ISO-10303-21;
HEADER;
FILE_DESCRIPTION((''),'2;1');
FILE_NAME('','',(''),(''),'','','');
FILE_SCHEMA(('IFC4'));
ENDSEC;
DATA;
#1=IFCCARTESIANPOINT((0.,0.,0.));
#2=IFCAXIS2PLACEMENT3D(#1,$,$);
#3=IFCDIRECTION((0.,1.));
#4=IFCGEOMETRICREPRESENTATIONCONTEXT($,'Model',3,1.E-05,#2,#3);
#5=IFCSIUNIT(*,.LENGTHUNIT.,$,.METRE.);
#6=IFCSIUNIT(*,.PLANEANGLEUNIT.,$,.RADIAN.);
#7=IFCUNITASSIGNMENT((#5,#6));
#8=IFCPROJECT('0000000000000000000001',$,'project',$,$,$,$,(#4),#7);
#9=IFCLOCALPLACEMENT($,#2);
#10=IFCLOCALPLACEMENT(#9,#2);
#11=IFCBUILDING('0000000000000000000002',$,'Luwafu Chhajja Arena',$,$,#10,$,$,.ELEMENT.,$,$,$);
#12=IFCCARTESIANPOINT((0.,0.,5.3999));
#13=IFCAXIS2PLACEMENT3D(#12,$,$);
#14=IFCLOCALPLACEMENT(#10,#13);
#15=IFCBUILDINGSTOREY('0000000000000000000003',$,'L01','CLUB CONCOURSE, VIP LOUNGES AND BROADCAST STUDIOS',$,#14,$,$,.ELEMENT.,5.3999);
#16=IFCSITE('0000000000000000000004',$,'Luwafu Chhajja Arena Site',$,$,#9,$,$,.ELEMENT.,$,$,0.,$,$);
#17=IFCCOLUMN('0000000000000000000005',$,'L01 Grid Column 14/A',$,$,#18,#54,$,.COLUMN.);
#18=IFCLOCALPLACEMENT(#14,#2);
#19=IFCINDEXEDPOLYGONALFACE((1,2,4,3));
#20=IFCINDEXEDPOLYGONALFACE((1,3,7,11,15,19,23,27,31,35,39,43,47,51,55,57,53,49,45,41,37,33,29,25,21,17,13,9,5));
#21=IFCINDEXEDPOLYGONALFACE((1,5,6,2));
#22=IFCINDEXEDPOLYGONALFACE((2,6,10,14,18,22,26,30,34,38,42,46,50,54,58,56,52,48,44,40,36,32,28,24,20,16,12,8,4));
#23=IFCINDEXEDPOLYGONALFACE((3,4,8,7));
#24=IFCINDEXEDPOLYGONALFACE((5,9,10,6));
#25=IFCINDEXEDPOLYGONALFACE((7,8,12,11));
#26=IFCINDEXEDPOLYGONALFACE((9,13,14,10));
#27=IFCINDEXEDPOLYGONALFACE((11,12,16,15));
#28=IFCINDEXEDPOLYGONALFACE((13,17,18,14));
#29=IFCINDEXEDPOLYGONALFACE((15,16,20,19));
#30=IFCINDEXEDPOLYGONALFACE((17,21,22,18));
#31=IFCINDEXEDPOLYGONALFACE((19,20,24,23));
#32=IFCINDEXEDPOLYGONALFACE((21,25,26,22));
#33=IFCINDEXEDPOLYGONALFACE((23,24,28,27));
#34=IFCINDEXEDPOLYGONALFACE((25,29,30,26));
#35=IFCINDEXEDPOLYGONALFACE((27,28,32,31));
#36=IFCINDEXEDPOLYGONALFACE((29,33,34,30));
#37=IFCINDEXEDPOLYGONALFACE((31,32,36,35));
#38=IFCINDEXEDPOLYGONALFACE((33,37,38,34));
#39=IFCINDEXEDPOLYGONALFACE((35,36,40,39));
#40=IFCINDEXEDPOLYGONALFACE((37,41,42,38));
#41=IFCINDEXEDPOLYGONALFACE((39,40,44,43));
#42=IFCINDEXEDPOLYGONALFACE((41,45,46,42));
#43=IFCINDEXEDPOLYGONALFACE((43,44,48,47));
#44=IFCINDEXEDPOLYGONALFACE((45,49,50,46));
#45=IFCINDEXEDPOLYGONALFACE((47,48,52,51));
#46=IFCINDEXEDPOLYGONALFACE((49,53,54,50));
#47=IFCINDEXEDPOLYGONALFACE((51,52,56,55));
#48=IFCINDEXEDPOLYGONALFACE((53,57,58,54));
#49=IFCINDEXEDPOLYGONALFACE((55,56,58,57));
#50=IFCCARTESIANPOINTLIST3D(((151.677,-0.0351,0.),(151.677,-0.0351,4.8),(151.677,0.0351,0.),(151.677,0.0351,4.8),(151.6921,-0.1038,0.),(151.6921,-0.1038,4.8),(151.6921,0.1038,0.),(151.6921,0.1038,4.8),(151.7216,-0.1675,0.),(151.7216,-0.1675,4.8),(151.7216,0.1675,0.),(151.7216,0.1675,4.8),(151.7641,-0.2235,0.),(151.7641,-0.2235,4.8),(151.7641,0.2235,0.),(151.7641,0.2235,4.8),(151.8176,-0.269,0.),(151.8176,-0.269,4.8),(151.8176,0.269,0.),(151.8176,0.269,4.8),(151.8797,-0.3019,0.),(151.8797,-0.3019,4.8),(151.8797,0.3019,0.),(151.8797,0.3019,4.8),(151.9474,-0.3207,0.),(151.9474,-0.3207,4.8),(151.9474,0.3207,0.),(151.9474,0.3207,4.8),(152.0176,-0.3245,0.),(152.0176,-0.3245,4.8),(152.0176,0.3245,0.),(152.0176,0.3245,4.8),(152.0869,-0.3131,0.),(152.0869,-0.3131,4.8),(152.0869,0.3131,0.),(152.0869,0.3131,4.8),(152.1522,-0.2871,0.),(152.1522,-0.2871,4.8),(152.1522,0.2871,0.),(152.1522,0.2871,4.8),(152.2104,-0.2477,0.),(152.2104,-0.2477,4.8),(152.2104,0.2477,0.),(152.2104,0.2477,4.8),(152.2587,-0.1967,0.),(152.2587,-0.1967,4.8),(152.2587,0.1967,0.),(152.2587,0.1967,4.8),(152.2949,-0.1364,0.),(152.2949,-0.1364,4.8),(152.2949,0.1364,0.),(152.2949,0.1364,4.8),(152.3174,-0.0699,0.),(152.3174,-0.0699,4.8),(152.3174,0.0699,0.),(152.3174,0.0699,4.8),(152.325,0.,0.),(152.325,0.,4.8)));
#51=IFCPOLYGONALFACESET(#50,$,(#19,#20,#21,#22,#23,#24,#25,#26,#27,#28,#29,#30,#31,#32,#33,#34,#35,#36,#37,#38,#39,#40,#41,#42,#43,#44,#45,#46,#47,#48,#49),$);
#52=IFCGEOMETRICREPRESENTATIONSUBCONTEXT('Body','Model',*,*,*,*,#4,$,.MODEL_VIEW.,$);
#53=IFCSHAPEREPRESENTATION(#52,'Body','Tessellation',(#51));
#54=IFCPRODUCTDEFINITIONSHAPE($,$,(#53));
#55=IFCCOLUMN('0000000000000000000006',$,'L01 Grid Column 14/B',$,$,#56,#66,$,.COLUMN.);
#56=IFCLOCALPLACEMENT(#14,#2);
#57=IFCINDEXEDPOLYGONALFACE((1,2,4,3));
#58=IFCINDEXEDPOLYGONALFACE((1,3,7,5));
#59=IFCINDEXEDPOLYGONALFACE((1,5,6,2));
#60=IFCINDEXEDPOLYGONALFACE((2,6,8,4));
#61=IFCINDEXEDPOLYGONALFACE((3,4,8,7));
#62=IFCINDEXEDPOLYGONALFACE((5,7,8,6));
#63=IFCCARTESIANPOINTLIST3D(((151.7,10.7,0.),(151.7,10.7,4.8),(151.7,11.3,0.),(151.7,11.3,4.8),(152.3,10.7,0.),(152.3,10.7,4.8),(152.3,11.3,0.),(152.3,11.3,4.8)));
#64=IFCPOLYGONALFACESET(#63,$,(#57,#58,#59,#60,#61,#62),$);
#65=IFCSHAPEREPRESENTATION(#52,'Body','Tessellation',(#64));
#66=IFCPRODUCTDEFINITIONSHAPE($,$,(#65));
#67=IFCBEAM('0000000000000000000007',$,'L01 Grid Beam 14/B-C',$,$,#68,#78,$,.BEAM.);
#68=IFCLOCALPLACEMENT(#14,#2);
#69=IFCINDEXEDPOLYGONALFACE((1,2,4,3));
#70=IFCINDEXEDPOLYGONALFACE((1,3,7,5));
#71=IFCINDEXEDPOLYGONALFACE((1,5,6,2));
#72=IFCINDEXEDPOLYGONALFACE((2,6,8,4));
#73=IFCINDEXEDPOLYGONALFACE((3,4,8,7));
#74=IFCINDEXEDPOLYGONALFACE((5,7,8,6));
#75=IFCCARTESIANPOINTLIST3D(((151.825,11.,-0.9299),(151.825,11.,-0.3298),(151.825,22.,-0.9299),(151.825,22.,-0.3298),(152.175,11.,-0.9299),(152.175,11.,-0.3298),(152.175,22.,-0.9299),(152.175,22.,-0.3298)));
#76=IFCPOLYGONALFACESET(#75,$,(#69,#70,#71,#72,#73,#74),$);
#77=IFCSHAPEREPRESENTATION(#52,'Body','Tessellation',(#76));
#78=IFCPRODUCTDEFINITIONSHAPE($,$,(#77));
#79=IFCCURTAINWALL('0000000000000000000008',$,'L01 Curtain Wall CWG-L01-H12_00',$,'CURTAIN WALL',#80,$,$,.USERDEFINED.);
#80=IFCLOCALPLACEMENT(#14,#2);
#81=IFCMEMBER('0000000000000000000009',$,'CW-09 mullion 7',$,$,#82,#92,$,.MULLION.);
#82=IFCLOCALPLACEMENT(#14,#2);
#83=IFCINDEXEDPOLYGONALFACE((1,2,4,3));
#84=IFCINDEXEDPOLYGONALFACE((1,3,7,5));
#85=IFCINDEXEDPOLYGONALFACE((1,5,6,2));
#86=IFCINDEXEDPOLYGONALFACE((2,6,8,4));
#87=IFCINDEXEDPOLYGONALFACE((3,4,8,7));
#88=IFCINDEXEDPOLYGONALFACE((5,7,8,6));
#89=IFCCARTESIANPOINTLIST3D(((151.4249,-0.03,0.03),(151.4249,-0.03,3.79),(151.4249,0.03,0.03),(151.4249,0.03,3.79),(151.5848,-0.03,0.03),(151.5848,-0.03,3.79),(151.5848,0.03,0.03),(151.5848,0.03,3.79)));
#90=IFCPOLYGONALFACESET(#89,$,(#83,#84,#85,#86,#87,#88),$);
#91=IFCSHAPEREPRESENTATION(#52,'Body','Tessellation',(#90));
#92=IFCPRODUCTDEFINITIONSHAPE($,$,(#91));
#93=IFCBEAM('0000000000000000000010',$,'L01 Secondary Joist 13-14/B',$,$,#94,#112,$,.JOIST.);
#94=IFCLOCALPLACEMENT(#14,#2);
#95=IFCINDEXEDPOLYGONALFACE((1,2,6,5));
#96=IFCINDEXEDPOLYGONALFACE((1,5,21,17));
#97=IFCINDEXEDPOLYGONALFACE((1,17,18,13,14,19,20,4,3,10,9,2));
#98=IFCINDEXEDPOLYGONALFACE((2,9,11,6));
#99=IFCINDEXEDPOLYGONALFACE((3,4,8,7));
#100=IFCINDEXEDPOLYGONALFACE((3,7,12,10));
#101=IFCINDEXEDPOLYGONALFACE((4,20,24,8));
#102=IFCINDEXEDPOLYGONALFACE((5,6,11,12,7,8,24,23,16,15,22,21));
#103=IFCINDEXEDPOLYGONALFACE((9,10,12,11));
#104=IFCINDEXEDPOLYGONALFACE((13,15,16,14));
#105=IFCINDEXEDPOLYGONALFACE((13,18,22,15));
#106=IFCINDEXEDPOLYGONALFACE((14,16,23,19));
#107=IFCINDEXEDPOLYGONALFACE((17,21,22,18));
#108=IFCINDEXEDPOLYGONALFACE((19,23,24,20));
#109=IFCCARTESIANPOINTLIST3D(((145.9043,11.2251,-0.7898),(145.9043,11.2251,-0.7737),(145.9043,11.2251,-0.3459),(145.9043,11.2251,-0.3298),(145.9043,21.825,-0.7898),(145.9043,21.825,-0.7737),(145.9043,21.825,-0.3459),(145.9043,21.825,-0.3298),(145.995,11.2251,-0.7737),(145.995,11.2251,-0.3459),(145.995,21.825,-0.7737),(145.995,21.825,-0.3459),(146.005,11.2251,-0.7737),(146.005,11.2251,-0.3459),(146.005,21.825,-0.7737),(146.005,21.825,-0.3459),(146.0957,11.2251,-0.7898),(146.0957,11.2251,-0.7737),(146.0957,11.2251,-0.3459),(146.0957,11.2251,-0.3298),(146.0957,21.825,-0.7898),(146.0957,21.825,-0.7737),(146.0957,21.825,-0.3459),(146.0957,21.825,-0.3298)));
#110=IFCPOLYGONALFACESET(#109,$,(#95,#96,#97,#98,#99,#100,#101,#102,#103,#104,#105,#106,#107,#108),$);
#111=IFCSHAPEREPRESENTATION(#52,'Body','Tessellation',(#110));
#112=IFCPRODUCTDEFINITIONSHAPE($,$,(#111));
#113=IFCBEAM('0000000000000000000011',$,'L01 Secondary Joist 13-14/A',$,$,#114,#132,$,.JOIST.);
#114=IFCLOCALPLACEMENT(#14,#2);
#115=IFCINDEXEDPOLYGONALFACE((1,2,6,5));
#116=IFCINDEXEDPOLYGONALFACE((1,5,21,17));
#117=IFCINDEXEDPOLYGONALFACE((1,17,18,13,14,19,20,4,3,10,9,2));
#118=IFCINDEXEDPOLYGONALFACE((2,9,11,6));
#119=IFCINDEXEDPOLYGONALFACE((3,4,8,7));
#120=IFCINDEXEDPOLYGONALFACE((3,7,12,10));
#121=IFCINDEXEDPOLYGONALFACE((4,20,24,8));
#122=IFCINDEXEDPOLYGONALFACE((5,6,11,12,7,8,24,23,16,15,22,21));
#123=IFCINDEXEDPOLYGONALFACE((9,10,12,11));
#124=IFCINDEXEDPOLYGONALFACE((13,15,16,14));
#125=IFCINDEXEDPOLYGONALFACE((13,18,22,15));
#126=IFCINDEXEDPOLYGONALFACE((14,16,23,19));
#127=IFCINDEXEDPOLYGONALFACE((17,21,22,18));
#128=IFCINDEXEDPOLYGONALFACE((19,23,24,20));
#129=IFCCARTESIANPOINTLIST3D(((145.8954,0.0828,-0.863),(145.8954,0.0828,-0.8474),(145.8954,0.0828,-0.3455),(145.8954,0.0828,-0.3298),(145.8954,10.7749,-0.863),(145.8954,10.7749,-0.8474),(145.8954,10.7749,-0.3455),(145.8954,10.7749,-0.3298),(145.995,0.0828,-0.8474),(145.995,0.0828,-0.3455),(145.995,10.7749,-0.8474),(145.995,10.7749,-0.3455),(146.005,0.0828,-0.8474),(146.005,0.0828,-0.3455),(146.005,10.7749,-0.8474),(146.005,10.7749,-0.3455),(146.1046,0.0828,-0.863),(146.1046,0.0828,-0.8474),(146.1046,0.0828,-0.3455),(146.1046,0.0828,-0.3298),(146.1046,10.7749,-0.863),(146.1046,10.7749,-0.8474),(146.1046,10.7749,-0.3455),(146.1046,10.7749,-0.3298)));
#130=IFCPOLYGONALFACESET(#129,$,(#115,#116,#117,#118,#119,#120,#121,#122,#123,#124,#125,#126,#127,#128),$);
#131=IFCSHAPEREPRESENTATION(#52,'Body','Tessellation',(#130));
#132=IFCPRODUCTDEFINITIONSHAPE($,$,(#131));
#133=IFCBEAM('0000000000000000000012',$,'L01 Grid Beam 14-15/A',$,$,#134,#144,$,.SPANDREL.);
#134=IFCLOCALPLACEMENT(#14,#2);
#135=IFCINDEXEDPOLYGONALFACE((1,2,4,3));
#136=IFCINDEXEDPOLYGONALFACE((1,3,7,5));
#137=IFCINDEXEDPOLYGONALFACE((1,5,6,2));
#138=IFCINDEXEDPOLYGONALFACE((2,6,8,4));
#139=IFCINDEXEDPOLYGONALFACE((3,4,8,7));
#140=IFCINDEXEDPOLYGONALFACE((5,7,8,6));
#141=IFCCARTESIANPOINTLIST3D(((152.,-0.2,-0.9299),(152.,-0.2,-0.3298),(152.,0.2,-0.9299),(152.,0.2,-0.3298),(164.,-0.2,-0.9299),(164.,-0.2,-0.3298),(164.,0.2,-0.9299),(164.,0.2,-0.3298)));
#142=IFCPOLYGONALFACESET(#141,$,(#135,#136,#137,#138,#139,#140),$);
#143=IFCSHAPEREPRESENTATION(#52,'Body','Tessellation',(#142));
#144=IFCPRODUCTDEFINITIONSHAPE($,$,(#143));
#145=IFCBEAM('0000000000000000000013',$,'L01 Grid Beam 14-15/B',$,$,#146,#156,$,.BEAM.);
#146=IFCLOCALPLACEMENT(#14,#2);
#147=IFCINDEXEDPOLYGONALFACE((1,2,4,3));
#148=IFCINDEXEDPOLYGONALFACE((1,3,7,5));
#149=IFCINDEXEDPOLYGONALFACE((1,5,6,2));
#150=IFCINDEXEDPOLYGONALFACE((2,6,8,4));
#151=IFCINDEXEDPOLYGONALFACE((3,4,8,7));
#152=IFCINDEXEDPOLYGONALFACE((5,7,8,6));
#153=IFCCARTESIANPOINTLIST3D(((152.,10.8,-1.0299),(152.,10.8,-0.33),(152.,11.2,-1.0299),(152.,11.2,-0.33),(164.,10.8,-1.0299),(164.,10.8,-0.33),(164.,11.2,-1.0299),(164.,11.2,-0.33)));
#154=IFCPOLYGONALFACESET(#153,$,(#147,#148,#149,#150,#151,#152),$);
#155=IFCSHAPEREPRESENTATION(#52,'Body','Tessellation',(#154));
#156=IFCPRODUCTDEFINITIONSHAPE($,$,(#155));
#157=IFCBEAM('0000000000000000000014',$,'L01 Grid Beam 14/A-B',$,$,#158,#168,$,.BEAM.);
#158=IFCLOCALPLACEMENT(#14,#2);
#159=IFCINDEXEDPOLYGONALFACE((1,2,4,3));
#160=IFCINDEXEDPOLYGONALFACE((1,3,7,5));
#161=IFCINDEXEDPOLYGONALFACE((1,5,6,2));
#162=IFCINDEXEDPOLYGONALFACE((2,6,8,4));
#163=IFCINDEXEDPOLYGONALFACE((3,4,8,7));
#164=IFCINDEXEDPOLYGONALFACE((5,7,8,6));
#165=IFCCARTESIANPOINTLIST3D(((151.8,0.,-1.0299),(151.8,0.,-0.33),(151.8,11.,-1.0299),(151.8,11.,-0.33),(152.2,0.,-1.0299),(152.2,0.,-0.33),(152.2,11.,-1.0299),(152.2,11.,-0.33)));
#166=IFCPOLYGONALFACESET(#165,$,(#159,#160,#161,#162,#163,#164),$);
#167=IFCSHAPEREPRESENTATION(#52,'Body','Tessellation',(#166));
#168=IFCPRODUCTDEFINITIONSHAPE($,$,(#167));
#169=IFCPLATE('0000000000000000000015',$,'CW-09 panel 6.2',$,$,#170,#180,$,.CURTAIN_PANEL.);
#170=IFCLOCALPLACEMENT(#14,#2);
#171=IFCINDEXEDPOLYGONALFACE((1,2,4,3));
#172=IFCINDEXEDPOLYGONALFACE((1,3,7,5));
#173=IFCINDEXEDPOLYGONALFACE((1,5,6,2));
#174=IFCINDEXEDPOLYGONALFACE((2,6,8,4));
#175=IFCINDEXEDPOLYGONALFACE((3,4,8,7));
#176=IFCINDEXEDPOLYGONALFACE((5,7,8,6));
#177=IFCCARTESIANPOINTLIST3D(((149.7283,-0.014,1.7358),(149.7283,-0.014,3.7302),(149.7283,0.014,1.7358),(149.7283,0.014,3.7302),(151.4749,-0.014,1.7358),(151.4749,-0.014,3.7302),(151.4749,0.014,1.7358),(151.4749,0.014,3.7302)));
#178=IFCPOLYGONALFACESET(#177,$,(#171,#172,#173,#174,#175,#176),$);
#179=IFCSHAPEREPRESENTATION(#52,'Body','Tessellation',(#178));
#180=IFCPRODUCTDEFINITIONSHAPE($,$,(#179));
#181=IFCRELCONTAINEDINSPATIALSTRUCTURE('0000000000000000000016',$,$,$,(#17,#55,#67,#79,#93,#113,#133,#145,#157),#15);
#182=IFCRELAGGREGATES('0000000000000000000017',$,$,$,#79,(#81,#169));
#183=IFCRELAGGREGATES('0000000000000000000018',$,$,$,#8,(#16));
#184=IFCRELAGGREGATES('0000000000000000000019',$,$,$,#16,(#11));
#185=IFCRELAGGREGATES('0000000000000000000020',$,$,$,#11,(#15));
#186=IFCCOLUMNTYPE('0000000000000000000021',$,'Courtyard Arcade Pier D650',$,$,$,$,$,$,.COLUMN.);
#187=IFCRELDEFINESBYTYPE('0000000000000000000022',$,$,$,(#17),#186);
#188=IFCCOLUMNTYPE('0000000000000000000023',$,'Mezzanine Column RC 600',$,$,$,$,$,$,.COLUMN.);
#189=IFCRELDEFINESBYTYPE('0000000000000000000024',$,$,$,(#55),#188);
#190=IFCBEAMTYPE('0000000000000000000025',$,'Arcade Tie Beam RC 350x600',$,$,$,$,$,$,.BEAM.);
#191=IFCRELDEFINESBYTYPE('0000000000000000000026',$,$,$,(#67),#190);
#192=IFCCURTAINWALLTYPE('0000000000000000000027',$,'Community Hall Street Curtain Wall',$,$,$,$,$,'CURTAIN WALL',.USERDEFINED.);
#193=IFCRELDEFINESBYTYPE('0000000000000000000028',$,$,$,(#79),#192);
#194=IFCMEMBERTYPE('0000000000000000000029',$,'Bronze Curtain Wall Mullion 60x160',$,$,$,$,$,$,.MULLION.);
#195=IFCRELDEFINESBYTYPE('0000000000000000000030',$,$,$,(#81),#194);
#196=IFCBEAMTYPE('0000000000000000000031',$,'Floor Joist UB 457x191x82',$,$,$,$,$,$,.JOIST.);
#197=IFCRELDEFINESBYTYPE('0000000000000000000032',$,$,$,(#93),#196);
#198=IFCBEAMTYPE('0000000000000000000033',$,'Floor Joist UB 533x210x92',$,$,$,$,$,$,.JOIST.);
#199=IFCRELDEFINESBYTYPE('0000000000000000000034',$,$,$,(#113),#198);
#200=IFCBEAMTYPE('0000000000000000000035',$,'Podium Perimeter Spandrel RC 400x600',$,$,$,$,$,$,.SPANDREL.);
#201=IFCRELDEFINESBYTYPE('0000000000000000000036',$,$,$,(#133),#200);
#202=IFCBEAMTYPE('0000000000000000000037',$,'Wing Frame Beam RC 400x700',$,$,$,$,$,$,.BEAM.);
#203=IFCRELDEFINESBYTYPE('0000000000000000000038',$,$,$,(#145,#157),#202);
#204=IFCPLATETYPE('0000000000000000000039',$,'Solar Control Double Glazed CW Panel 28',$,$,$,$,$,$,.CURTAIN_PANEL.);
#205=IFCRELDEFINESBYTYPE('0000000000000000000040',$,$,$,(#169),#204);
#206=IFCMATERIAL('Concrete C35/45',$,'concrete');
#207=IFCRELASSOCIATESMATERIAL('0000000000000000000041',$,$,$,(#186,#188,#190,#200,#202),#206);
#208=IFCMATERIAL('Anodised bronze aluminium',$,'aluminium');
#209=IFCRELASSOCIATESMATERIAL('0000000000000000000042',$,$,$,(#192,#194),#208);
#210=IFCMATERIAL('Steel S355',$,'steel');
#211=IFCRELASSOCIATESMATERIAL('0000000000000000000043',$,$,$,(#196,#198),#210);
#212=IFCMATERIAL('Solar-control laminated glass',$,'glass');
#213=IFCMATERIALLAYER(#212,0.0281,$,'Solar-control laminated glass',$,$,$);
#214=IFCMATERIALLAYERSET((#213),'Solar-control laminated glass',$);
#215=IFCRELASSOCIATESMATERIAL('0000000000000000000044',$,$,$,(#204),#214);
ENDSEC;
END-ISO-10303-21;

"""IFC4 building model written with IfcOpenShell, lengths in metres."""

from ifc_helpers import new_model, si_unit, direction, frame, origin, origin_2d, place, context, subcontext, project, spatial, rectangle, circle, i_section, extrude, material, layer, layer_set, material_profile, profile_set, type_object, element, aggregate, save


model = new_model("IFC4")

# Units and contexts
model_context = context("Model", 3, precision=1e-05, world=origin(), true_north=direction((0.0, 1.0)))
body_context = subcontext(model_context, "Body", "Model", "MODEL_VIEW")
ifc_project = project(units=[si_unit("LENGTHUNIT", "METRE"), si_unit("PLANEANGLEUNIT", "RADIAN")], contexts=[model_context])

# Site, building, storey
site_placement = place(None, origin())
site = spatial("IfcSite", under=ifc_project, at=site_placement, Name="Luwafu Chhajja Arena Site", CompositionType="ELEMENT", RefElevation=0.0)
building_placement = place(site_placement, origin())
building = spatial("IfcBuilding", under=site, at=building_placement, Name="Luwafu Chhajja Arena", CompositionType="ELEMENT")
storey_placement = place(building_placement, frame((0.0, 0.0, 5.3999)))
storey = spatial("IfcBuildingStorey", under=building, at=storey_placement, Name="L01", Description="CLUB CONCOURSE, VIP LOUNGES AND BROADCAST STUDIOS", CompositionType="ELEMENT", Elevation=5.3999)

# Columns
ifc_material_1 = material(Name="Concrete C35/45", Category="concrete")
ifc_material_profile_1 = material_profile(ifc_material_1, circle(Radius=0.325, at=origin_2d()), Name="RC COL D650")
ifc_profile_set_1 = profile_set([ifc_material_profile_1], Name="Concrete C35/45")
column_type_1 = type_object("IfcColumnType", Name="Courtyard Arcade Pier D650", PredefinedType="COLUMN", material=ifc_profile_set_1)
column_1_placement = place(storey_placement, frame((152.0, 0.0, 0.0), z_axis=(0.0, 0.0, 1.0), x_axis=(1.0, 0.0, 0.0)))
element("IfcColumn", 1, at=column_1_placement, inside=storey, type_object=column_type_1, Name="L01 Grid Column 14/A", PredefinedType="COLUMN", context=body_context, shape_type="SweptSolid", body=[
    extrude(circle(Radius=0.325, at=origin_2d()), origin(), (0.0, 0.0, 1.0), 4.8),
])
ifc_material_profile_2 = material_profile(ifc_material_1, rectangle(XDim=0.6001, YDim=0.6001, at=origin_2d()), Name="RC 600x600")
ifc_profile_set_2 = profile_set([ifc_material_profile_2], Name="Concrete C35/45")
column_type_2 = type_object("IfcColumnType", Name="Mezzanine Column RC 600", PredefinedType="COLUMN", material=ifc_profile_set_2)
column_2_placement = place(storey_placement, frame((152.0, 11.0, 0.0), z_axis=(0.0, 0.0, 1.0), x_axis=(1.0, 0.0, 0.0)))
element("IfcColumn", 2, at=column_2_placement, inside=storey, type_object=column_type_2, Name="L01 Grid Column 14/B", PredefinedType="COLUMN", context=body_context, shape_type="SweptSolid", body=[
    extrude(rectangle(XDim=0.6001, YDim=0.6001, at=origin_2d()), origin(), (0.0, 0.0, 1.0), 4.8),
])

# Beam
ifc_material_profile_3 = material_profile(ifc_material_1, rectangle(XDim=0.3501, YDim=0.6001, at=origin_2d()), Name="RC 350x600")
ifc_profile_set_3 = profile_set([ifc_material_profile_3], Name="Concrete C35/45")
beam_type_1 = type_object("IfcBeamType", Name="Arcade Tie Beam RC 350x600", PredefinedType="BEAM", material=ifc_profile_set_3)
beam_1_placement = place(storey_placement, frame((152.0, 11.0, -0.6299), z_axis=(0.0, 1.0, 0.0), x_axis=(-1.0, 0.0, 0.0)))
element("IfcBeam", 3, at=beam_1_placement, inside=storey, type_object=beam_type_1, Name="L01 Grid Beam 14/B-C", PredefinedType="BEAM", context=body_context, shape_type="SweptSolid", body=[
    extrude(rectangle(XDim=0.3501, YDim=0.6001, at=origin_2d()), origin(), (0.0, 0.0, 1.0), 11.0),
])

# Curtain wall, member
ifc_material_2 = material(Name="Anodised bronze aluminium", Category="aluminium")
curtain_wall_type = type_object("IfcCurtainWallType", Name="Community Hall Street Curtain Wall", ElementType="CURTAIN WALL", PredefinedType="USERDEFINED", material=ifc_material_2)
curtain_wall_placement = place(storey_placement, origin())
curtain_wall = element("IfcCurtainWall", 4, at=curtain_wall_placement, inside=storey, type_object=curtain_wall_type, Name="L01 Curtain Wall CWG-L01-H12_00", ObjectType="CURTAIN WALL", PredefinedType="USERDEFINED")
ifc_material_profile_4 = material_profile(ifc_material_2, rectangle(XDim=0.0601, YDim=0.1599, at=origin_2d()), Name="CWM 60x160")
ifc_profile_set_4 = profile_set([ifc_material_profile_4], Name="Anodised bronze aluminium")
member_type = type_object("IfcMemberType", Name="Bronze Curtain Wall Mullion 60x160", PredefinedType="MULLION", material=ifc_profile_set_4)
member_placement = place(storey_placement, frame((151.5049, 0.0, 0.03), z_axis=(0.0, 0.0, 1.0), x_axis=(0.0, 1.0, 0.0)))
member = element("IfcMember", 5, at=member_placement, type_object=member_type, Name="CW-09 mullion 7", PredefinedType="MULLION", context=body_context, shape_type="SweptSolid", body=[
    extrude(rectangle(XDim=0.0601, YDim=0.1599, at=origin_2d()), origin(), (0.0, 0.0, 1.0), 3.76),
])

# Beams
ifc_material_3 = material(Name="Steel S355", Category="steel")
ifc_material_profile_5 = material_profile(ifc_material_3, i_section(OverallWidth=0.1914, OverallDepth=0.46, WebThickness=0.01, FlangeThickness=0.0161, at=origin_2d()), Name="UB 457x191x82")
ifc_profile_set_5 = profile_set([ifc_material_profile_5], Name="Steel S355")
beam_type_2 = type_object("IfcBeamType", Name="Floor Joist UB 457x191x82", PredefinedType="JOIST", material=ifc_profile_set_5)
beam_2_placement = place(storey_placement, frame((146.0, 11.2251, -0.5598), z_axis=(0.0, 1.0, 0.0), x_axis=(-1.0, 0.0, 0.0)))
element("IfcBeam", 6, at=beam_2_placement, inside=storey, type_object=beam_type_2, Name="L01 Secondary Joist 13-14/B", PredefinedType="JOIST", context=body_context, shape_type="SweptSolid", body=[
    extrude(i_section(OverallWidth=0.1914, OverallDepth=0.46, WebThickness=0.01, FlangeThickness=0.0161, at=origin_2d()), origin(), (0.0, 0.0, 1.0), 10.5999),
])
ifc_material_profile_6 = material_profile(ifc_material_3, i_section(OverallWidth=0.2092, OverallDepth=0.5332, WebThickness=0.01, FlangeThickness=0.0156, at=origin_2d()), Name="UB 533x210x92")
ifc_profile_set_6 = profile_set([ifc_material_profile_6], Name="Steel S355")
beam_type_3 = type_object("IfcBeamType", Name="Floor Joist UB 533x210x92", PredefinedType="JOIST", material=ifc_profile_set_6)
beam_3_placement = place(storey_placement, frame((146.0, 0.0828, -0.5964), z_axis=(0.0, 1.0, 0.0), x_axis=(-1.0, 0.0, 0.0)))
element("IfcBeam", 7, at=beam_3_placement, inside=storey, type_object=beam_type_3, Name="L01 Secondary Joist 13-14/A", PredefinedType="JOIST", context=body_context, shape_type="SweptSolid", body=[
    extrude(i_section(OverallWidth=0.2092, OverallDepth=0.5332, WebThickness=0.01, FlangeThickness=0.0156, at=origin_2d()), origin(), (0.0, 0.0, 1.0), 10.6921),
])
ifc_material_profile_7 = material_profile(ifc_material_1, rectangle(XDim=0.3999, YDim=0.6001, at=origin_2d()), Name="RC 400x600")
ifc_profile_set_7 = profile_set([ifc_material_profile_7], Name="Concrete C35/45")
beam_type_4 = type_object("IfcBeamType", Name="Podium Perimeter Spandrel RC 400x600", PredefinedType="SPANDREL", material=ifc_profile_set_7)
beam_4_placement = place(storey_placement, frame((152.0, 0.0, -0.6299), z_axis=(1.0, 0.0, 0.0), x_axis=(0.0, 1.0, 0.0)))
element("IfcBeam", 8, at=beam_4_placement, inside=storey, type_object=beam_type_4, Name="L01 Grid Beam 14-15/A", PredefinedType="SPANDREL", context=body_context, shape_type="SweptSolid", body=[
    extrude(rectangle(XDim=0.3999, YDim=0.6001, at=origin_2d()), origin(), (0.0, 0.0, 1.0), 12.0),
])
ifc_material_profile_8 = material_profile(ifc_material_1, rectangle(XDim=0.3999, YDim=0.7, at=origin_2d()), Name="RC 400x700")
ifc_profile_set_8 = profile_set([ifc_material_profile_8], Name="Concrete C35/45")
beam_type_5 = type_object("IfcBeamType", Name="Wing Frame Beam RC 400x700", PredefinedType="BEAM", material=ifc_profile_set_8)
beam_5_placement = place(storey_placement, frame((152.0, 11.0, -0.6799), z_axis=(1.0, 0.0, 0.0), x_axis=(0.0, 1.0, 0.0)))
element("IfcBeam", 9, at=beam_5_placement, inside=storey, type_object=beam_type_5, Name="L01 Grid Beam 14-15/B", PredefinedType="BEAM", context=body_context, shape_type="SweptSolid", body=[
    extrude(rectangle(XDim=0.3999, YDim=0.7, at=origin_2d()), origin(), (0.0, 0.0, 1.0), 12.0),
])
beam_6_placement = place(storey_placement, frame((152.0, 0.0, -0.6799), z_axis=(0.0, 1.0, 0.0), x_axis=(-1.0, 0.0, 0.0)))
element("IfcBeam", 10, at=beam_6_placement, inside=storey, type_object=beam_type_5, Name="L01 Grid Beam 14/A-B", PredefinedType="BEAM", context=body_context, shape_type="SweptSolid", body=[
    extrude(rectangle(XDim=0.3999, YDim=0.7, at=origin_2d()), origin(), (0.0, 0.0, 1.0), 11.0),
])

# Plate
ifc_material_4 = material(Name="Solar-control laminated glass", Category="glass")
ifc_layer_1 = layer(ifc_material_4, 0.0281, Name="Solar-control laminated glass")
ifc_layer_set_1 = layer_set([ifc_layer_1], Name="Solar-control laminated glass")
plate_type = type_object("IfcPlateType", Name="Solar Control Double Glazed CW Panel 28", PredefinedType="CURTAIN_PANEL", material=ifc_layer_set_1)
plate_placement = place(storey_placement, frame((150.6016, 0.0, 1.7358), z_axis=(0.0, 0.0, 1.0), x_axis=(1.0, 0.0, 0.0)))
plate = element("IfcPlate", 11, at=plate_placement, type_object=plate_type, Name="CW-09 panel 6.2", PredefinedType="CURTAIN_PANEL", context=body_context, shape_type="SweptSolid", body=[
    extrude(rectangle(XDim=1.7466, YDim=0.0281, at=origin_2d()), origin(), (0.0, 0.0, 1.0), 1.9944),
])
aggregate(curtain_wall, [member, plate])

save(model, "model.ifc")
